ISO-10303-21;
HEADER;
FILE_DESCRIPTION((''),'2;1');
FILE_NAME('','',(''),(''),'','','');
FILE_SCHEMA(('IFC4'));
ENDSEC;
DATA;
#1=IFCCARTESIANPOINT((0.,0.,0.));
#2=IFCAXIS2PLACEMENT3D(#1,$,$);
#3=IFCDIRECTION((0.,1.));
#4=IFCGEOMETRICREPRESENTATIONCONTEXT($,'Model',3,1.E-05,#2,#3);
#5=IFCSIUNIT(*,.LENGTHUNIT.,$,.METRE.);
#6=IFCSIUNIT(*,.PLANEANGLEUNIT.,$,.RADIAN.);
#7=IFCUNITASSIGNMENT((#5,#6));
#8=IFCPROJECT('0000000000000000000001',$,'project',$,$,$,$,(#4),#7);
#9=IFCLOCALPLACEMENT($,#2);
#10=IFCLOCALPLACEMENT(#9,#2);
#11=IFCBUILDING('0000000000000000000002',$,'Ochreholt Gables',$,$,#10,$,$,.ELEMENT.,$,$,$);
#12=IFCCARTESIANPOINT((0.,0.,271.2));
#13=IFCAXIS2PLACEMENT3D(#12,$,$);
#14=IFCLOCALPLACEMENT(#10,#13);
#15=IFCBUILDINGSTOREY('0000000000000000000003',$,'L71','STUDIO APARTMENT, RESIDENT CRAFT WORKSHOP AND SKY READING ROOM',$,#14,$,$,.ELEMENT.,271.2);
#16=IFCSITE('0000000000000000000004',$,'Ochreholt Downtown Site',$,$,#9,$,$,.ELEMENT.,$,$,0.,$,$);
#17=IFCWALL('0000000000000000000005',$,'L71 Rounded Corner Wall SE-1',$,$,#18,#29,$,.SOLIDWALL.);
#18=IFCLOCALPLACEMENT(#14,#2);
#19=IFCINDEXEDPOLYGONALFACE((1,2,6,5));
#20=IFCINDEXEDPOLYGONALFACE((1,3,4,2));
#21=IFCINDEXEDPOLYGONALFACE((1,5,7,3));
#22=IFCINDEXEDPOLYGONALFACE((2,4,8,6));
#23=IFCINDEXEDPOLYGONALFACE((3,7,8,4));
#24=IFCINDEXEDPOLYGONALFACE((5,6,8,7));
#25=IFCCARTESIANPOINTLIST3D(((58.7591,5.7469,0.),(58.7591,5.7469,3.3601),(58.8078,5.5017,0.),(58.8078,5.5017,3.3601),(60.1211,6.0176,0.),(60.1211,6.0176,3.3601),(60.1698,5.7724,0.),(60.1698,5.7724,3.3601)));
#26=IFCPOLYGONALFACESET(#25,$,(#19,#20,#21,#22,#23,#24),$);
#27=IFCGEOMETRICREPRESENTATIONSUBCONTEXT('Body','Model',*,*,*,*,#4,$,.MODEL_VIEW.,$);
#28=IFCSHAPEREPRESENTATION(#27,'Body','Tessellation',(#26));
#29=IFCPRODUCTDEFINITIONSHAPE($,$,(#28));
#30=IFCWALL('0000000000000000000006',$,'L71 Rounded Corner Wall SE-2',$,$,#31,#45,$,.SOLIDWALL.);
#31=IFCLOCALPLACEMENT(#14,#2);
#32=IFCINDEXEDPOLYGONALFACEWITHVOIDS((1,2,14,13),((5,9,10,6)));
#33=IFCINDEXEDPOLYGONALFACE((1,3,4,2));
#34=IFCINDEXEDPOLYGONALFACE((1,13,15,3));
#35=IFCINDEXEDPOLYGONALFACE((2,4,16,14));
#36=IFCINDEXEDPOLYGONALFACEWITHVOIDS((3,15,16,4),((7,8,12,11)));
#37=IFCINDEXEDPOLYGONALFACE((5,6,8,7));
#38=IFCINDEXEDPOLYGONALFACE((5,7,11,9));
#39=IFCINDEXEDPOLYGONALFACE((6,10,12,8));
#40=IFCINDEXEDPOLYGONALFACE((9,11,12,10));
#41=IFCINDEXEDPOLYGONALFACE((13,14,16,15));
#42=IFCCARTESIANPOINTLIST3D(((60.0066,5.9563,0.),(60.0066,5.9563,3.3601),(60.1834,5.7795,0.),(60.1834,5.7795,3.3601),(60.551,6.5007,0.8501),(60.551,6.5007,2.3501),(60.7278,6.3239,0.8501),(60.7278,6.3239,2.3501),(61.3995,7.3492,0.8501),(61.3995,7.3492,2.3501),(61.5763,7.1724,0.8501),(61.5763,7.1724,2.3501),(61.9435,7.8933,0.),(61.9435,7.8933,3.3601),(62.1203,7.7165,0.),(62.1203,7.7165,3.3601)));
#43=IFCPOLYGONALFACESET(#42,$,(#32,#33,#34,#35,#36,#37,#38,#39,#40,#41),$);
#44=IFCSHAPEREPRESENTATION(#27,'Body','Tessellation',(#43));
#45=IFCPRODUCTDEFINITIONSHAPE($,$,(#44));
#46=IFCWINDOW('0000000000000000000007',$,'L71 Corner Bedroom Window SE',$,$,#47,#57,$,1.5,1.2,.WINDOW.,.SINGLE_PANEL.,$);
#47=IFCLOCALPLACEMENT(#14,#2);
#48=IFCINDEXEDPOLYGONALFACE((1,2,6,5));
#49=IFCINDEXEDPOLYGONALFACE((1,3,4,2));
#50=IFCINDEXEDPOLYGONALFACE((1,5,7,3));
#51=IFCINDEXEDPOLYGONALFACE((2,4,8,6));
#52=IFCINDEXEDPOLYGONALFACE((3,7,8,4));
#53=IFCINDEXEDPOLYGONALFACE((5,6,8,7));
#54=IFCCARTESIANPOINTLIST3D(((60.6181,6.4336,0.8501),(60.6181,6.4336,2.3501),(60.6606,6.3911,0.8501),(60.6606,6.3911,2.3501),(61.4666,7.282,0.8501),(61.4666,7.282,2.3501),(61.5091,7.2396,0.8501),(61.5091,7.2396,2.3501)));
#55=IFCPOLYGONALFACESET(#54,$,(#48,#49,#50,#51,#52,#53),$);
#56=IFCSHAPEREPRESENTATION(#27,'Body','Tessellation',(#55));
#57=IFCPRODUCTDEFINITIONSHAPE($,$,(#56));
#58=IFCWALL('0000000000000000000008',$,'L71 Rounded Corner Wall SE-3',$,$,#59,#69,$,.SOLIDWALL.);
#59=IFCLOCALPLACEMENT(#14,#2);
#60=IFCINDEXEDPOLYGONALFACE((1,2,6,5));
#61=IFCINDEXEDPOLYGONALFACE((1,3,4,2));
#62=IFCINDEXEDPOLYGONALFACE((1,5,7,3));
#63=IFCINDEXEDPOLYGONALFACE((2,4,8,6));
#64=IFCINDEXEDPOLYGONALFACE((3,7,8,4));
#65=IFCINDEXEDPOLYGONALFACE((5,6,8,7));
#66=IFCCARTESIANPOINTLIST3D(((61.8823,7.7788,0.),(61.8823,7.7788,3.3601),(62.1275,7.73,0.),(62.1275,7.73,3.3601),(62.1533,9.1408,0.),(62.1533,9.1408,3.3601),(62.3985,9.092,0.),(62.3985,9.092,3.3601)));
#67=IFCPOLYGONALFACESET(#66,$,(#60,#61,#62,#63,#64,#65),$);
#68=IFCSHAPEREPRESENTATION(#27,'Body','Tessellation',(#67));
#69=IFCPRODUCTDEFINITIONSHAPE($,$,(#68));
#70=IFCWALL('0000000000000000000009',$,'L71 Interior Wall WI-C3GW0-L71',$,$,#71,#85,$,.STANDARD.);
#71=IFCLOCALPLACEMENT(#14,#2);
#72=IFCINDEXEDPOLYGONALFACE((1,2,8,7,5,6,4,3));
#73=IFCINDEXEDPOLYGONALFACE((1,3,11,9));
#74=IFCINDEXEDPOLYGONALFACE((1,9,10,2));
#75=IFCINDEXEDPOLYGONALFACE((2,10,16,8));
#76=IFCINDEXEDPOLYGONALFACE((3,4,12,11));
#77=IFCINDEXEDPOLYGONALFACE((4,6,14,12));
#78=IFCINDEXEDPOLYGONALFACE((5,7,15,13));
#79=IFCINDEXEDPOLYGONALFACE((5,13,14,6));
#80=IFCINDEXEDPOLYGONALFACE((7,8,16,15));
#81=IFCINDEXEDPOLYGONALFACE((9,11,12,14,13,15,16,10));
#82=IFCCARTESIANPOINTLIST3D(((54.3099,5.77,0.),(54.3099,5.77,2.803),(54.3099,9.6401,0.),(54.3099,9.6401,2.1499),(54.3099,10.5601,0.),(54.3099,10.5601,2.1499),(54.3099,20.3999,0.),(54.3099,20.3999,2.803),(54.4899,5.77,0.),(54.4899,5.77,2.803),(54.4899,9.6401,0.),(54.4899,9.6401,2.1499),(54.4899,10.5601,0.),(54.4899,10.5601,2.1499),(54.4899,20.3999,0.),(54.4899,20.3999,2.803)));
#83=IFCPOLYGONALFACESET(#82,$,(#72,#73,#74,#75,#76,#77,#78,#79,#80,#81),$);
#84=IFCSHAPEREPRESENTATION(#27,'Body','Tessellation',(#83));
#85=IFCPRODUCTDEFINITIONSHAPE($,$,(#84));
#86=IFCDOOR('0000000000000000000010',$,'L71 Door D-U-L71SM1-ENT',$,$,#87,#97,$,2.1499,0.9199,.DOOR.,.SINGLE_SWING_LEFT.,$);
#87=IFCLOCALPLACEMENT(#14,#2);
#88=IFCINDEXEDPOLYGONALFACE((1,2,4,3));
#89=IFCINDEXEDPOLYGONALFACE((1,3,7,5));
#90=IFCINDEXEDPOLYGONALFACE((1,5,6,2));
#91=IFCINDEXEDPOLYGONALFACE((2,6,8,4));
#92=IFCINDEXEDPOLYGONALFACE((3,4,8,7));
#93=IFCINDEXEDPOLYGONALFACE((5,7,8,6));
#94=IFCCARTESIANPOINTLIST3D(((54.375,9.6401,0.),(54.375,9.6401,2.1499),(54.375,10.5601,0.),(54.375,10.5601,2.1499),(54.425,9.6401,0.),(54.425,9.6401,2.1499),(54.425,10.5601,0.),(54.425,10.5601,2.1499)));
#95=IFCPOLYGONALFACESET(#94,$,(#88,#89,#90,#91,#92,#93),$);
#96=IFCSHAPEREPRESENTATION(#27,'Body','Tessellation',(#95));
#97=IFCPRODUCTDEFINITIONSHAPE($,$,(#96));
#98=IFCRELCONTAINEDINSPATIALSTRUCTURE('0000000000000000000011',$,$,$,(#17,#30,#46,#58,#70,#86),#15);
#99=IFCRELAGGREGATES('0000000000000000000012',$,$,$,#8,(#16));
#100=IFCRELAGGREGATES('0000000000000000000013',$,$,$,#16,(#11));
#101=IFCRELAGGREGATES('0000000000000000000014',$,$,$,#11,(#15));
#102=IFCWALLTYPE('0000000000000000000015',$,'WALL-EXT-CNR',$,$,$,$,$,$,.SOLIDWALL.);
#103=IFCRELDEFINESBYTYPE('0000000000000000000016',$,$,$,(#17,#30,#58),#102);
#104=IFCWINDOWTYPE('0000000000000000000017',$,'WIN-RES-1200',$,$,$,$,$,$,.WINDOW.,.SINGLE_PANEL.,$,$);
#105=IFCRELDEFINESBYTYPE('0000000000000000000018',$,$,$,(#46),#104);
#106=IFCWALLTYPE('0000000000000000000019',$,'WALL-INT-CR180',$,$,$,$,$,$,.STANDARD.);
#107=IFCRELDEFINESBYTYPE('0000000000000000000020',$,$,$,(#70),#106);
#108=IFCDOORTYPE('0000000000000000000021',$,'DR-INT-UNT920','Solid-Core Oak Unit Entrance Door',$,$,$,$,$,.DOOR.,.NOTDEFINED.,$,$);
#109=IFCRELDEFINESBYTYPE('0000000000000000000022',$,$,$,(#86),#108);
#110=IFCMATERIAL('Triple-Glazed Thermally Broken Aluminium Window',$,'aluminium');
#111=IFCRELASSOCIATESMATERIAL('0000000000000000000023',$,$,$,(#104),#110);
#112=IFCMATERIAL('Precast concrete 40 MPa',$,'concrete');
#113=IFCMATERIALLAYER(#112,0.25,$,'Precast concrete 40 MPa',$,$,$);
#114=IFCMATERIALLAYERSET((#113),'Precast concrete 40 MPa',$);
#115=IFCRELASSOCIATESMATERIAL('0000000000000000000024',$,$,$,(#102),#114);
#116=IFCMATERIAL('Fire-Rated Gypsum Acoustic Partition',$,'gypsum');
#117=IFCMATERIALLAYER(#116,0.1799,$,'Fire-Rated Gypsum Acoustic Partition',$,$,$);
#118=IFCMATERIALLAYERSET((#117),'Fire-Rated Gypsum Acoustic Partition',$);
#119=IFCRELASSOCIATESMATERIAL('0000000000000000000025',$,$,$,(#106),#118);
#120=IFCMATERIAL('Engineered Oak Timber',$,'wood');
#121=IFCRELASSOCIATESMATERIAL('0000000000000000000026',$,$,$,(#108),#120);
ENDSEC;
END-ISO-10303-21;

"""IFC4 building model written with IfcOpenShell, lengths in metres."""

from ifc_helpers import new_model, si_unit, direction, frame, frame_2d, origin, place, context, subcontext, project, spatial, rectangle, extrude, material, layer, layer_set, type_object, element, fill, save


model = new_model("IFC4")

# Units and contexts
model_context = context("Model", 3, precision=1e-05, world=origin(), true_north=direction((0.0, 1.0)))
body_context = subcontext(model_context, "Body", "Model", "MODEL_VIEW")
ifc_project = project(units=[si_unit("LENGTHUNIT", "METRE"), si_unit("PLANEANGLEUNIT", "RADIAN")], contexts=[model_context])

# Site, building, storey
site_placement = place(None, origin())
site = spatial("IfcSite", under=ifc_project, at=site_placement, Name="Ochreholt Downtown Site", CompositionType="ELEMENT", RefElevation=0.0)
building_placement = place(site_placement, origin())
building = spatial("IfcBuilding", under=site, at=building_placement, Name="Ochreholt Gables", CompositionType="ELEMENT")
storey_placement = place(building_placement, frame((0.0, 0.0, 271.2)))
storey = spatial("IfcBuildingStorey", under=building, at=storey_placement, Name="L71", Description="STUDIO APARTMENT, RESIDENT CRAFT WORKSHOP AND SKY READING ROOM", CompositionType="ELEMENT", Elevation=271.2)

# Shared definitions
ifc_material_1 = material(Name="Precast concrete 40 MPa", Category="concrete")
ifc_material_2 = material(Name="Triple-Glazed Thermally Broken Aluminium Window", Category="aluminium")
window_type = type_object("IfcWindowType", Name="WIN-RES-1200", PartitioningType="SINGLE_PANEL", PredefinedType="WINDOW", material=ifc_material_2)

# Wall
ifc_layer_1 = layer(ifc_material_1, 0.25, Name="Precast concrete 40 MPa")
ifc_layer_set_1 = layer_set([ifc_layer_1], Name="Precast concrete 40 MPa")
wall_type_1 = type_object("IfcWallType", Name="WALL-EXT-CNR", PredefinedType="SOLIDWALL", material=ifc_layer_set_1)
wall_1_placement = place(storey_placement, frame((58.7834, 5.6243, 0.0), z_axis=(0.0, 0.0, 1.0), x_axis=(0.98081, 0.194967, 0.0)))
element("IfcWall", 1, at=wall_1_placement, inside=storey, type_object=wall_type_1, Name="L71 Rounded Corner Wall SE-1", PredefinedType="SOLIDWALL", context=body_context, shape_type="SweptSolid", body=[
    extrude(rectangle(XDim=1.3887, YDim=0.25, at=frame_2d((0.6943, 0.0))), origin(), (0.0, 0.0, 1.0), 3.3601),
])

# Wall, opening, window
wall_2_placement = place(storey_placement, frame((60.095, 5.8679, 0.0), z_axis=(0.0, 0.0, 1.0), x_axis=(0.707107, 0.707107, 0.0)))
wall_2 = element("IfcWall", 2, at=wall_2_placement, inside=storey, type_object=wall_type_1, Name="L71 Rounded Corner Wall SE-2", PredefinedType="SOLIDWALL", context=body_context, shape_type="SweptSolid", body=[
    extrude(rectangle(XDim=2.7393, YDim=0.25, at=frame_2d((1.3696, 0.0))), origin(), (0.0, 0.0, 1.0), 3.3601),
])
opening_1_placement = place(wall_2_placement, frame((0.7698, 0.0, 0.8501)))
opening_1 = element("IfcOpeningElement", 3, at=opening_1_placement, cuts=wall_2, PredefinedType="OPENING", context=body_context, shape_type="SweptSolid", body=[
    extrude(rectangle(XDim=1.2, YDim=1.5, at=frame_2d((0.6001, 0.75))), frame((0.0, 0.135, 0.0), z_axis=(0.0, -1.0, 0.0), x_axis=(1.0, 0.0, 0.0)), (0.0, 0.0, 1.0), 0.27),
])
window_1_placement = place(opening_1_placement, origin())
window_1 = element("IfcWindow", 4, at=window_1_placement, inside=storey, type_object=window_type, Name="L71 Corner Bedroom Window SE", OverallHeight=1.5, OverallWidth=1.2, PartitioningType="SINGLE_PANEL", PredefinedType="WINDOW", context=body_context, shape_type="SweptSolid", body=[
    extrude(rectangle(XDim=1.2, YDim=1.5, at=frame_2d((0.6001, 0.75))), frame((0.0, 0.03, 0.0), z_axis=(0.0, -1.0, 0.0), x_axis=(1.0, 0.0, 0.0)), (0.0, 0.0, 1.0), 0.0601),
])
fill(opening_1, window_1)

# Wall
wall_3_placement = place(storey_placement, frame((62.0049, 7.7544, 0.0), z_axis=(0.0, 0.0, 1.0), x_axis=(0.195136, 0.980776, 0.0)))
element("IfcWall", 5, at=wall_3_placement, inside=storey, type_object=wall_type_1, Name="L71 Rounded Corner Wall SE-3", PredefinedType="SOLIDWALL", context=body_context, shape_type="SweptSolid", body=[
    extrude(rectangle(XDim=1.3887, YDim=0.25, at=frame_2d((0.6943, 0.0))), origin(), (0.0, 0.0, 1.0), 3.3601),
])

# Wall, opening, door
ifc_material_3 = material(Name="Fire-Rated Gypsum Acoustic Partition", Category="gypsum")
ifc_layer_2 = layer(ifc_material_3, 0.1799, Name="Fire-Rated Gypsum Acoustic Partition")
ifc_layer_set_2 = layer_set([ifc_layer_2], Name="Fire-Rated Gypsum Acoustic Partition")
wall_type_2 = type_object("IfcWallType", Name="WALL-INT-CR180", PredefinedType="STANDARD", material=ifc_layer_set_2)
wall_4_placement = place(storey_placement, frame((54.3999, 5.77, 0.0), z_axis=(0.0, 0.0, 1.0), x_axis=(0.0, 1.0, 0.0)))
wall_4 = element("IfcWall", 6, at=wall_4_placement, inside=storey, type_object=wall_type_2, Name="L71 Interior Wall WI-C3GW0-L71", PredefinedType="STANDARD", context=body_context, shape_type="SweptSolid", body=[
    extrude(rectangle(XDim=14.6299, YDim=0.1799, at=frame_2d((7.3149, 0.0))), origin(), (0.0, 0.0, 1.0), 2.803),
])
opening_2_placement = place(wall_4_placement, frame((3.8701, 0.0, 0.0)))
opening_2 = element("IfcOpeningElement", 7, at=opening_2_placement, cuts=wall_4, PredefinedType="OPENING", context=body_context, shape_type="SweptSolid", body=[
    extrude(rectangle(XDim=0.9199, YDim=2.1499, at=frame_2d((0.46, 1.075))), frame((0.0, 0.0999, 0.0), z_axis=(0.0, -1.0, 0.0), x_axis=(1.0, 0.0, 0.0)), (0.0, 0.0, 1.0), 0.2),
])
ifc_material_4 = material(Name="Engineered Oak Timber", Category="wood")
door_type_1 = type_object("IfcDoorType", Name="DR-INT-UNT920", Description="Solid-Core Oak Unit Entrance Door", OperationType="NOTDEFINED", PredefinedType="DOOR", material=ifc_material_4)
door_1_placement = place(opening_2_placement, origin())
door_1 = element("IfcDoor", 8, at=door_1_placement, inside=storey, type_object=door_type_1, Name="L71 Door D-U-L71SM1-ENT", OperationType="SINGLE_SWING_LEFT", OverallHeight=2.1499, OverallWidth=0.9199, PredefinedType="DOOR", context=body_context, shape_type="SweptSolid", body=[
    extrude(rectangle(XDim=0.9199, YDim=2.1499, at=frame_2d((0.46, 1.075))), frame((0.0, 0.0249, 0.0), z_axis=(0.0, -1.0, 0.0), x_axis=(1.0, 0.0, 0.0)), (0.0, 0.0, 1.0), 0.05),
])
fill(opening_2, door_1)

save(model, "model.ifc")
